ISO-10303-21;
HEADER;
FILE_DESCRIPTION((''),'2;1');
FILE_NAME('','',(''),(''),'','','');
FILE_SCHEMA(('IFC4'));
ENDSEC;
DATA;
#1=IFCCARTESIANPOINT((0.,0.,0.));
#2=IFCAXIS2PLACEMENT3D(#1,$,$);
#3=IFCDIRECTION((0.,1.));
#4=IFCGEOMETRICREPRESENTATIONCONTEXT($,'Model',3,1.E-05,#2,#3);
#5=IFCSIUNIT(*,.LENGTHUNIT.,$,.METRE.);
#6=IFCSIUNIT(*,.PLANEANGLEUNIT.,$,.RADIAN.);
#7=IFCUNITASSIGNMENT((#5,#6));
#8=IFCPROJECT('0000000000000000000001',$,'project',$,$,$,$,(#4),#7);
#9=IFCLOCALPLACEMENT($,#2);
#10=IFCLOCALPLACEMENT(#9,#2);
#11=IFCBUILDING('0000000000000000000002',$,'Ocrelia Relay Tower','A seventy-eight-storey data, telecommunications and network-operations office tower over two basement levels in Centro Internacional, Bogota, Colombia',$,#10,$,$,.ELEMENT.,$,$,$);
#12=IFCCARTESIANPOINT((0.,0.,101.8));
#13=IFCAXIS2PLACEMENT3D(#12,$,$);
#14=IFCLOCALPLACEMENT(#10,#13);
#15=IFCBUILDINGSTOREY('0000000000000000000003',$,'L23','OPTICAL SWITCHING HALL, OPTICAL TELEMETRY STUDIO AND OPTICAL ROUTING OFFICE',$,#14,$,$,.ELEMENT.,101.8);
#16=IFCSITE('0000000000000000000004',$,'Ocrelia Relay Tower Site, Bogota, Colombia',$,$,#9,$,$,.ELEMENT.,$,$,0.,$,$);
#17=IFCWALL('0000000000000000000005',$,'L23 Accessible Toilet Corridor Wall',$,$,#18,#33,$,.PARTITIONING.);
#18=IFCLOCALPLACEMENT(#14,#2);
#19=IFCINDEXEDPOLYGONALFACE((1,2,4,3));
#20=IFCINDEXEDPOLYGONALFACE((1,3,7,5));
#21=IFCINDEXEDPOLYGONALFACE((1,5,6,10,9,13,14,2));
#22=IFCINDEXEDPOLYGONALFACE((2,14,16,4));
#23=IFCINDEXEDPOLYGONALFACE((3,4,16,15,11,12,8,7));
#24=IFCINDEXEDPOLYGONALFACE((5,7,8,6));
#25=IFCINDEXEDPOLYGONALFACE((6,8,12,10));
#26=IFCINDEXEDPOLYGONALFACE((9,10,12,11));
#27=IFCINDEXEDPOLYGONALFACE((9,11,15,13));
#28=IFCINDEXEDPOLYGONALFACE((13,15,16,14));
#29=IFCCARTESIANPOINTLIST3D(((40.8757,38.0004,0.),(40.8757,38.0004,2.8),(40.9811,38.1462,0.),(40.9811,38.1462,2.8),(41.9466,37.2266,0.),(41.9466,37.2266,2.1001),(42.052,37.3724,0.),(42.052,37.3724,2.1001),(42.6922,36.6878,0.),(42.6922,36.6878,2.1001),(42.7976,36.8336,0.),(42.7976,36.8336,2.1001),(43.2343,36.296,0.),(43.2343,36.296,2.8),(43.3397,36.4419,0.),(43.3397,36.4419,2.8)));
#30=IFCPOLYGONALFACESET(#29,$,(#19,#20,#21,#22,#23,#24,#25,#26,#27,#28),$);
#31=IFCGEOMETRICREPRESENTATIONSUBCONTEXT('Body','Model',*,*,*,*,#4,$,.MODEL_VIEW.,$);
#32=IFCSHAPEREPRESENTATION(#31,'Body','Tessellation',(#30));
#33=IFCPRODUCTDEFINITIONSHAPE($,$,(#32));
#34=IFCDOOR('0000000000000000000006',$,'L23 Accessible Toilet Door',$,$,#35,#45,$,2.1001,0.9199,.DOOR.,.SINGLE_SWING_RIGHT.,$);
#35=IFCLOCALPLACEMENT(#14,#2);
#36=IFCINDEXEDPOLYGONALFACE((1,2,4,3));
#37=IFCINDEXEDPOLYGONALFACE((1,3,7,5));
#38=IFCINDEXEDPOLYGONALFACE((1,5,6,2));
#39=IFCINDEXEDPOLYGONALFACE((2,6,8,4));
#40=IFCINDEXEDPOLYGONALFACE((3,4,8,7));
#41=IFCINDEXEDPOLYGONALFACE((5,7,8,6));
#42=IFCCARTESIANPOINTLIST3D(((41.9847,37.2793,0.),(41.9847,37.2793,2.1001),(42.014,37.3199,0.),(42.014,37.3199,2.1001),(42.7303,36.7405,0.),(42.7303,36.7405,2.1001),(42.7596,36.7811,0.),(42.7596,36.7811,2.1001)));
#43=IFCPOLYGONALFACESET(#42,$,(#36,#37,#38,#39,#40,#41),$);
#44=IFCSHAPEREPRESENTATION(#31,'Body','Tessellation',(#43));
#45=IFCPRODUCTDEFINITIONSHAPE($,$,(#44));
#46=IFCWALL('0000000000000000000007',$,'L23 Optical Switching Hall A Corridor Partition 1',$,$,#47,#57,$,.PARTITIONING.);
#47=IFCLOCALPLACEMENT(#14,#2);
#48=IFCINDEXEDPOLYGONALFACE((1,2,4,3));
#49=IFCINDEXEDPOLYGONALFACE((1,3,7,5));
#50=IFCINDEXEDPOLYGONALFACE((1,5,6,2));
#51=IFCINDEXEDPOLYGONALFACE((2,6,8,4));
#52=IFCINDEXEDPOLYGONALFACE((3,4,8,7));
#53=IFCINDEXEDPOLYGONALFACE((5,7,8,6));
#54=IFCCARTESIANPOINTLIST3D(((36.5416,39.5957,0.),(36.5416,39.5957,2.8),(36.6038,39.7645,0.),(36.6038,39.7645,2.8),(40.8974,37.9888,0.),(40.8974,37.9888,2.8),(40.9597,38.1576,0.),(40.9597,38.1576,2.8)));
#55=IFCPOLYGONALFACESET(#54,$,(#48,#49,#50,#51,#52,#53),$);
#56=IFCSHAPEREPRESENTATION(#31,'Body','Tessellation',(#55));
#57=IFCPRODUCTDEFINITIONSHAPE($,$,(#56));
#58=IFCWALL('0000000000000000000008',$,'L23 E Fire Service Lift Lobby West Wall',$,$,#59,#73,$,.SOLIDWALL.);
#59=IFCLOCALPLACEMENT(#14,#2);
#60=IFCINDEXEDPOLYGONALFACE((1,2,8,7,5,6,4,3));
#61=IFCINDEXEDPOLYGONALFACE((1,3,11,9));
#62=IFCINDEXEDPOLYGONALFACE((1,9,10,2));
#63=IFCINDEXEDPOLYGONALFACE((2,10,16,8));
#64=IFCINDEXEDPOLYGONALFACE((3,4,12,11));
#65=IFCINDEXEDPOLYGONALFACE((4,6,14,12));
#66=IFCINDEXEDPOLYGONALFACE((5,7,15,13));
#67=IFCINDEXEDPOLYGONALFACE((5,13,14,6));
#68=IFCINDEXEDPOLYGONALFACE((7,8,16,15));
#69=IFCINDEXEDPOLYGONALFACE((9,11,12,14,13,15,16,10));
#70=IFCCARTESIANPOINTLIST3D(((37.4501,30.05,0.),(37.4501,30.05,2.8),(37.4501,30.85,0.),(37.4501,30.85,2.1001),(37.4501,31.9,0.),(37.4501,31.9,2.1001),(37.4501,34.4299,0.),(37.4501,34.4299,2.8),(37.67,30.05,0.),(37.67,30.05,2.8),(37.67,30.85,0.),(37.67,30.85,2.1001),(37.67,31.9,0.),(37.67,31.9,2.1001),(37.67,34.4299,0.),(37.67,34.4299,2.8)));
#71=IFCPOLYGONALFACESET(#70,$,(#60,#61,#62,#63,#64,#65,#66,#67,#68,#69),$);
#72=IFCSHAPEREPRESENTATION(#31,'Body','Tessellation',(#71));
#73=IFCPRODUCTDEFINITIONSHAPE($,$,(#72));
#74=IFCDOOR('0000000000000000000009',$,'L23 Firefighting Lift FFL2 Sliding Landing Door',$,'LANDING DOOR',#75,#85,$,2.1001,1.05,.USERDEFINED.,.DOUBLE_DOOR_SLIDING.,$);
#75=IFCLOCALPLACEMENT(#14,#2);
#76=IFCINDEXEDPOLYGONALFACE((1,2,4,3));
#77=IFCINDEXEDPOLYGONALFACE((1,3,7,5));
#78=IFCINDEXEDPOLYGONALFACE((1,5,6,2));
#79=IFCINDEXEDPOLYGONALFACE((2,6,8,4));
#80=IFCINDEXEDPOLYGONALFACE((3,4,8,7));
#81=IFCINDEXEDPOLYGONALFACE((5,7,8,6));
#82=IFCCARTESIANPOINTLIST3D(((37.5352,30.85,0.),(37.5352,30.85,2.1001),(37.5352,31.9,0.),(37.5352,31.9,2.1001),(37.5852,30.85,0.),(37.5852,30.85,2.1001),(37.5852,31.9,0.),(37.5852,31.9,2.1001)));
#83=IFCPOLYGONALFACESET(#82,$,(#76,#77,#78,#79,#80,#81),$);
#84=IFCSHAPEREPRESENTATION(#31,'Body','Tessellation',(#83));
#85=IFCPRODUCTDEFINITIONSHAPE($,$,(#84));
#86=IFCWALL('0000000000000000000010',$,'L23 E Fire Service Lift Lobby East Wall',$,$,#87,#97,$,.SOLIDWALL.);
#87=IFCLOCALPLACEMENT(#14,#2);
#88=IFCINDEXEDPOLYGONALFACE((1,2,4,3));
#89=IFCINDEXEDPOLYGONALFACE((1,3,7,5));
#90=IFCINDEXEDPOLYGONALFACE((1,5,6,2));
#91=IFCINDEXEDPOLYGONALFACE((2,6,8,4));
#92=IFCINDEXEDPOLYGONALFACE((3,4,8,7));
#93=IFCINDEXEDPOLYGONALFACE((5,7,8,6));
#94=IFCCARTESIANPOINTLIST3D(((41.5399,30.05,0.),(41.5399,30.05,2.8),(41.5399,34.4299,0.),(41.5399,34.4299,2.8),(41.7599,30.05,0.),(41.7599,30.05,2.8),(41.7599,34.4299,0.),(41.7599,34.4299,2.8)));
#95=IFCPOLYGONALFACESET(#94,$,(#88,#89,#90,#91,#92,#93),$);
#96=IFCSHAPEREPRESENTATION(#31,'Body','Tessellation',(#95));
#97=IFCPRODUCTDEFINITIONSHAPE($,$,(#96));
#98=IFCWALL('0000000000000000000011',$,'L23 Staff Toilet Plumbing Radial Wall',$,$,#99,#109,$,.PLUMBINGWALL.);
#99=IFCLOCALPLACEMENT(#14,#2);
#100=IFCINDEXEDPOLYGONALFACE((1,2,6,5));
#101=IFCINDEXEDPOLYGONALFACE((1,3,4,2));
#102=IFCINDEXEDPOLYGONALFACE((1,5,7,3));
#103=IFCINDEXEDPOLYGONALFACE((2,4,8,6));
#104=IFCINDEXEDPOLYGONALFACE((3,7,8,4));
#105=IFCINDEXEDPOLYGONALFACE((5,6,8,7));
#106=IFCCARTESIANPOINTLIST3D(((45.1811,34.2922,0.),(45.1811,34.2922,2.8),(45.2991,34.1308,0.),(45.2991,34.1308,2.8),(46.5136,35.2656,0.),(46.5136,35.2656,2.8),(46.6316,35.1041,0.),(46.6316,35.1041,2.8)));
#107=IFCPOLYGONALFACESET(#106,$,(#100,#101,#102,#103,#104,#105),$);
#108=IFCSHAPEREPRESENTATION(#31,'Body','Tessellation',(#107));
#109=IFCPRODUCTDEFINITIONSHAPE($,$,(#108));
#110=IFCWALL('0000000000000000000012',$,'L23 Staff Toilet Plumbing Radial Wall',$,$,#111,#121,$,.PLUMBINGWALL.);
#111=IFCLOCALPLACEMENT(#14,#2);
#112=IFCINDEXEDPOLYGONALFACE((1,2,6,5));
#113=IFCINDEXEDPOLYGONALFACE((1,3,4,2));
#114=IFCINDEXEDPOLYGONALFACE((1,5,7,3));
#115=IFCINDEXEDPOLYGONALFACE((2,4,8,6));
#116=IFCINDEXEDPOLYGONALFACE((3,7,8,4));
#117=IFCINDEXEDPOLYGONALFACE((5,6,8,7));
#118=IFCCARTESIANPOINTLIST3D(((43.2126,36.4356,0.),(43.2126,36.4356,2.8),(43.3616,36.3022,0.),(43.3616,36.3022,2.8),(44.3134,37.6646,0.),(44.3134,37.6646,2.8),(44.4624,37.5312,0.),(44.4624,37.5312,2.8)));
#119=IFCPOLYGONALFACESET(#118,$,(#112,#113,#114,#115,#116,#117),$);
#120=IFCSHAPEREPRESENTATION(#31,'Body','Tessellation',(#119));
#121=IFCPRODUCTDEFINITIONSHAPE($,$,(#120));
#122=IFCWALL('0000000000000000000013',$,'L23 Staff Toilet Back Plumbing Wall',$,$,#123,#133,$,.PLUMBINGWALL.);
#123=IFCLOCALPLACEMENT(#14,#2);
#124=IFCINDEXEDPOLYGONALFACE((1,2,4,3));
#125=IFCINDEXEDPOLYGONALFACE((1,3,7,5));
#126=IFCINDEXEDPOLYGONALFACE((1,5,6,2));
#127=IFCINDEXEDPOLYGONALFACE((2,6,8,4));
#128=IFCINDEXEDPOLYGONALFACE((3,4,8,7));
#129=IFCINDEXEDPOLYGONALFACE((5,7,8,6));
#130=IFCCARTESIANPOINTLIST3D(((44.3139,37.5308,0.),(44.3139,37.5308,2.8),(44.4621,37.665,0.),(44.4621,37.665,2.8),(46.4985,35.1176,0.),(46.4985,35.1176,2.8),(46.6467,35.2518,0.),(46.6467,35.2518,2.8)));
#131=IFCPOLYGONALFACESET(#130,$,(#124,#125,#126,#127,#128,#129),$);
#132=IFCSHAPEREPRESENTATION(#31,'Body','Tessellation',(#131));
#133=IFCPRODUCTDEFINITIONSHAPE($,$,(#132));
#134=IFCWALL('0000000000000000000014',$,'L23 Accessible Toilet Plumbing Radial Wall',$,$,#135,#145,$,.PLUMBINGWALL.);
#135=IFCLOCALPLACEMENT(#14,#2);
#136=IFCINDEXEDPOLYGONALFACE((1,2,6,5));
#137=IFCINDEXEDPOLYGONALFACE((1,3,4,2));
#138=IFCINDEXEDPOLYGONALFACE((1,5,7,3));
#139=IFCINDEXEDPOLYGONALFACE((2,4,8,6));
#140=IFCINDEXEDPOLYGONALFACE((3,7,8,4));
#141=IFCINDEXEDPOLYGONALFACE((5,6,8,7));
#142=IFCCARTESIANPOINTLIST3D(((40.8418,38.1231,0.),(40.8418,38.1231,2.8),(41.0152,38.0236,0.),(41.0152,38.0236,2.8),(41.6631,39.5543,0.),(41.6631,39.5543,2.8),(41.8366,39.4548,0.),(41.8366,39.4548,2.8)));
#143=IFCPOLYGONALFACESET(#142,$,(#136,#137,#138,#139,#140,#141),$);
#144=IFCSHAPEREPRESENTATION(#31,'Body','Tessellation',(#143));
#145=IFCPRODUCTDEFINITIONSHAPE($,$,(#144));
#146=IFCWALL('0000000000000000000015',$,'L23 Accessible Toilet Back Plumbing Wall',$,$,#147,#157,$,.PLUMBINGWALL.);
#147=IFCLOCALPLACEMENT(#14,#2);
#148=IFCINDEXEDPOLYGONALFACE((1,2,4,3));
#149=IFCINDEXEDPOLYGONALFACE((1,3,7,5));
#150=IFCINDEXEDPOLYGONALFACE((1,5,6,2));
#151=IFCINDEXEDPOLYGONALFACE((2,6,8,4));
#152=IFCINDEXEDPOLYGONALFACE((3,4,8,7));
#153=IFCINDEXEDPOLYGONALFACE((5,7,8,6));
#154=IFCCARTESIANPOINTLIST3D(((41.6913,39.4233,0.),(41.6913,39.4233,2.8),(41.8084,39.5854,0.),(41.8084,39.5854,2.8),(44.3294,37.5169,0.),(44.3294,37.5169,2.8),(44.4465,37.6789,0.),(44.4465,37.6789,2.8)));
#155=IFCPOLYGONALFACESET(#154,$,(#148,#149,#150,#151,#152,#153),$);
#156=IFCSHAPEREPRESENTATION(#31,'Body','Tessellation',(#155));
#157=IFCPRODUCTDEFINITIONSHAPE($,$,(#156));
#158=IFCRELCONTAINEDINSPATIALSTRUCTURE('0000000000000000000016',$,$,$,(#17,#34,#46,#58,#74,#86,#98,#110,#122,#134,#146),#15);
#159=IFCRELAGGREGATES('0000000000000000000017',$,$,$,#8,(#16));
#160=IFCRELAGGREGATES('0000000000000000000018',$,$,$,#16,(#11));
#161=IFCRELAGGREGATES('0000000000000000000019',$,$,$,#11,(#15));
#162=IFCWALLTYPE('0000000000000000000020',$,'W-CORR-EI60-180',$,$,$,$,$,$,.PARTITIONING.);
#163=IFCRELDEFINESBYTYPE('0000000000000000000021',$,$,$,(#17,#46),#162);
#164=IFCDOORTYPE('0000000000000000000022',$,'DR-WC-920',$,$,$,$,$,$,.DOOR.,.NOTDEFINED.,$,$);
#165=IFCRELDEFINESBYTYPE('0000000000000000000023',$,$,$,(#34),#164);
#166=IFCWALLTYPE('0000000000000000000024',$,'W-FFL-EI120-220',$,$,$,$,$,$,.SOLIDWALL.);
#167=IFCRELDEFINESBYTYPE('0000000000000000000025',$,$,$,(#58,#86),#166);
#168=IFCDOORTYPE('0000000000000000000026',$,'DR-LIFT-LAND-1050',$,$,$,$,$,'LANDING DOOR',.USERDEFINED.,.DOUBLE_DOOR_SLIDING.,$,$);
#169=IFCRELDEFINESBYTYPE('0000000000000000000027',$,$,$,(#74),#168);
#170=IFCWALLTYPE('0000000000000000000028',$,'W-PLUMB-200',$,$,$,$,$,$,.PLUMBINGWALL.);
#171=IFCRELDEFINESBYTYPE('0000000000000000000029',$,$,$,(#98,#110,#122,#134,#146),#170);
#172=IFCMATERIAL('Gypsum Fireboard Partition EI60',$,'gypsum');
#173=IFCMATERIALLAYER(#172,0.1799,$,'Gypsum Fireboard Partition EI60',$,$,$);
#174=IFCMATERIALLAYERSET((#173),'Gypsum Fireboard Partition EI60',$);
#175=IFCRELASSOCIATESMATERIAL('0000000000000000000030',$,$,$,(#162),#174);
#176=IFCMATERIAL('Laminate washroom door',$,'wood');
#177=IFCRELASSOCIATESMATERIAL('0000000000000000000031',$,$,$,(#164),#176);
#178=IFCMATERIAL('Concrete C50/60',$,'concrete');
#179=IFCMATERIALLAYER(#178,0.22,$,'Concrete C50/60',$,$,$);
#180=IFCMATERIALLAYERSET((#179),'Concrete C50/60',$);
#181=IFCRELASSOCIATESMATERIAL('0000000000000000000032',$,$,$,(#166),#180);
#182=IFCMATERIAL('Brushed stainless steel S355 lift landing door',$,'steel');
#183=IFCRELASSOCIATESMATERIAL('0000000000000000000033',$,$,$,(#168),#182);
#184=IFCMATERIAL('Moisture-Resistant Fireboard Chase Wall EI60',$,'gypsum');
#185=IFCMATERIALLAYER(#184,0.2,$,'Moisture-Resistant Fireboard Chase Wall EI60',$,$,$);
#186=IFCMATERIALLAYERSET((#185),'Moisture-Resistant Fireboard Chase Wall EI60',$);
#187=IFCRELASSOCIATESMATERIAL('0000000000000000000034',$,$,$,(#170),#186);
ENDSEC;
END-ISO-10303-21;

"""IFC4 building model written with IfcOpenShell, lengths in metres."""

from ifc_helpers import new_model, si_unit, direction, frame, frame_2d, origin, place, context, subcontext, project, spatial, rectangle, extrude, material, layer, layer_set, type_object, element, fill, save


model = new_model("IFC4")

# Units and contexts
model_context = context("Model", 3, precision=1e-05, world=origin(), true_north=direction((0.0, 1.0)))
body_context = subcontext(model_context, "Body", "Model", "MODEL_VIEW")
ifc_project = project(units=[si_unit("LENGTHUNIT", "METRE"), si_unit("PLANEANGLEUNIT", "RADIAN")], contexts=[model_context])

# Site, building, storey
site_placement = place(None, origin())
site = spatial("IfcSite", under=ifc_project, at=site_placement, Name="Ocrelia Relay Tower Site, Bogota, Colombia", CompositionType="ELEMENT", RefElevation=0.0)
building_placement = place(site_placement, origin())
building = spatial("IfcBuilding", under=site, at=building_placement, Name="Ocrelia Relay Tower", Description="A seventy-eight-storey data, telecommunications and network-operations office tower over two basement levels in Centro Internacional, Bogota, Colombia", CompositionType="ELEMENT")
storey_placement = place(building_placement, frame((0.0, 0.0, 101.8)))
storey = spatial("IfcBuildingStorey", under=building, at=storey_placement, Name="L23", Description="OPTICAL SWITCHING HALL, OPTICAL TELEMETRY STUDIO AND OPTICAL ROUTING OFFICE", CompositionType="ELEMENT", Elevation=101.8)

# Shared definitions
ifc_material_1 = material(Name="Gypsum Fireboard Partition EI60", Category="gypsum")
ifc_layer_1 = layer(ifc_material_1, 0.1799, Name="Gypsum Fireboard Partition EI60")
ifc_layer_set_1 = layer_set([ifc_layer_1], Name="Gypsum Fireboard Partition EI60")
wall_type_1 = type_object("IfcWallType", Name="W-CORR-EI60-180", PredefinedType="PARTITIONING", material=ifc_layer_set_1)

# Wall, opening, door
ifc_material_2 = material(Name="Laminate washroom door", Category="wood")
door_type_1 = type_object("IfcDoorType", Name="DR-WC-920", OperationType="NOTDEFINED", PredefinedType="DOOR", material=ifc_material_2)
wall_1_placement = place(storey_placement, frame((43.2871, 36.3689, 0.0), z_axis=(0.0, 0.0, 1.0), x_axis=(-0.810535, 0.58569, 0.0)))
wall_1 = element("IfcWall", 1, at=wall_1_placement, inside=storey, type_object=wall_type_1, Name="L23 Accessible Toilet Corridor Wall", PredefinedType="PARTITIONING", context=body_context, shape_type="SweptSolid", body=[
    extrude(rectangle(XDim=2.9099, YDim=0.1799, at=frame_2d((1.4551, 0.0))), origin(), (0.0, 0.0, 1.0), 2.8),
])
opening_1_placement = place(wall_1_placement, frame((0.6689, 0.0, 0.0)))
opening_1 = element("IfcOpeningElement", 2, at=opening_1_placement, cuts=wall_1, PredefinedType="OPENING", context=body_context, shape_type="SweptSolid", body=[
    extrude(rectangle(XDim=0.9199, YDim=2.1001, at=frame_2d((0.46, 1.05))), frame((0.0, 0.1001, 0.0), z_axis=(0.0, -1.0, 0.0), x_axis=(1.0, 0.0, 0.0)), (0.0, 0.0, 1.0), 0.2),
])
door_1_placement = place(opening_1_placement, origin())
door_1 = element("IfcDoor", 3, at=door_1_placement, inside=storey, type_object=door_type_1, Name="L23 Accessible Toilet Door", OperationType="SINGLE_SWING_RIGHT", OverallHeight=2.1001, OverallWidth=0.9199, PredefinedType="DOOR", context=body_context, shape_type="SweptSolid", body=[
    extrude(rectangle(XDim=0.9199, YDim=2.1001, at=frame_2d((0.46, 1.05))), frame((0.0, 0.0249, 0.0), z_axis=(0.0, -1.0, 0.0), x_axis=(1.0, 0.0, 0.0)), (0.0, 0.0, 1.0), 0.05),
])
fill(opening_1, door_1)

# Wall
wall_2_placement = place(storey_placement, frame((40.9285, 38.0732, 0.0), z_axis=(0.0, 0.0, 1.0), x_axis=(-0.938196, 0.346105, 0.0)))
element("IfcWall", 4, at=wall_2_placement, inside=storey, type_object=wall_type_1, Name="L23 Optical Switching Hall A Corridor Partition 1", PredefinedType="PARTITIONING", context=body_context, shape_type="SweptSolid", body=[
    extrude(rectangle(XDim=4.6428, YDim=0.1799, at=frame_2d((2.3213, 0.0))), origin(), (0.0, 0.0, 1.0), 2.8),
])

# Wall, opening, door
ifc_material_3 = material(Name="Concrete C50/60", Category="concrete")
ifc_layer_2 = layer(ifc_material_3, 0.22, Name="Concrete C50/60")
ifc_layer_set_2 = layer_set([ifc_layer_2], Name="Concrete C50/60")
wall_type_2 = type_object("IfcWallType", Name="W-FFL-EI120-220", PredefinedType="SOLIDWALL", material=ifc_layer_set_2)
wall_3_placement = place(storey_placement, frame((37.5601, 30.05, 0.0), z_axis=(0.0, 0.0, 1.0), x_axis=(0.0, 1.0, 0.0)))
wall_3 = element("IfcWall", 5, at=wall_3_placement, inside=storey, type_object=wall_type_2, Name="L23 E Fire Service Lift Lobby West Wall", PredefinedType="SOLIDWALL", context=body_context, shape_type="SweptSolid", body=[
    extrude(rectangle(XDim=4.3799, YDim=0.22, at=frame_2d((2.1899, 0.0))), origin(), (0.0, 0.0, 1.0), 2.8),
])
opening_2_placement = place(wall_3_placement, frame((0.8, 0.0, 0.0)))
opening_2 = element("IfcOpeningElement", 6, at=opening_2_placement, cuts=wall_3, PredefinedType="OPENING", context=body_context, shape_type="SweptSolid", body=[
    extrude(rectangle(XDim=1.05, YDim=2.1001, at=frame_2d((0.5249, 1.05))), frame((0.0, 0.1201, 0.0), z_axis=(0.0, -1.0, 0.0), x_axis=(1.0, 0.0, 0.0)), (0.0, 0.0, 1.0), 0.24),
])
ifc_material_4 = material(Name="Brushed stainless steel S355 lift landing door", Category="steel")
door_type_2 = type_object("IfcDoorType", Name="DR-LIFT-LAND-1050", ElementType="LANDING DOOR", OperationType="DOUBLE_DOOR_SLIDING", PredefinedType="USERDEFINED", material=ifc_material_4)
door_2_placement = place(opening_2_placement, origin())
door_2 = element("IfcDoor", 7, at=door_2_placement, inside=storey, type_object=door_type_2, Name="L23 Firefighting Lift FFL2 Sliding Landing Door", ObjectType="LANDING DOOR", OperationType="DOUBLE_DOOR_SLIDING", OverallHeight=2.1001, OverallWidth=1.05, PredefinedType="USERDEFINED", context=body_context, shape_type="SweptSolid", body=[
    extrude(rectangle(XDim=1.05, YDim=2.1001, at=frame_2d((0.5249, 1.05))), frame((0.0, 0.0249, 0.0), z_axis=(0.0, -1.0, 0.0), x_axis=(1.0, 0.0, 0.0)), (0.0, 0.0, 1.0), 0.05),
])
fill(opening_2, door_2)

# Wall
wall_4_placement = place(storey_placement, frame((41.6499, 30.05, 0.0), z_axis=(0.0, 0.0, 1.0), x_axis=(0.0, 1.0, 0.0)))
element("IfcWall", 8, at=wall_4_placement, inside=storey, type_object=wall_type_2, Name="L23 E Fire Service Lift Lobby East Wall", PredefinedType="SOLIDWALL", context=body_context, shape_type="SweptSolid", body=[
    extrude(rectangle(XDim=4.3799, YDim=0.22, at=frame_2d((2.1899, 0.0))), origin(), (0.0, 0.0, 1.0), 2.8),
])

# Walls
ifc_material_5 = material(Name="Moisture-Resistant Fireboard Chase Wall EI60", Category="gypsum")
ifc_layer_3 = layer(ifc_material_5, 0.2, Name="Moisture-Resistant Fireboard Chase Wall EI60")
ifc_layer_set_3 = layer_set([ifc_layer_3], Name="Moisture-Resistant Fireboard Chase Wall EI60")
wall_type_3 = type_object("IfcWallType", Name="W-PLUMB-200", PredefinedType="PLUMBINGWALL", material=ifc_layer_set_3)
wall_5_placement = place(storey_placement, frame((45.24, 34.2114, 0.0), z_axis=(0.0, 0.0, 1.0), x_axis=(0.8075, 0.589868, 0.0)))
element("IfcWall", 9, at=wall_5_placement, inside=storey, type_object=wall_type_3, Name="L23 Staff Toilet Plumbing Radial Wall", PredefinedType="PLUMBINGWALL", context=body_context, shape_type="SweptSolid", body=[
    extrude(rectangle(XDim=1.6501, YDim=0.2, at=frame_2d((0.8252, 0.0))), origin(), (0.0, 0.0, 1.0), 2.8),
])
wall_6_placement = place(storey_placement, frame((43.2871, 36.3689, 0.0), z_axis=(0.0, 0.0, 1.0), x_axis=(0.667197, 0.744881, 0.0)))
element("IfcWall", 10, at=wall_6_placement, inside=storey, type_object=wall_type_3, Name="L23 Staff Toilet Plumbing Radial Wall", PredefinedType="PLUMBINGWALL", context=body_context, shape_type="SweptSolid", body=[
    extrude(rectangle(XDim=1.6499, YDim=0.2, at=frame_2d((0.825, 0.0))), origin(), (0.0, 0.0, 1.0), 2.8),
])
wall_7_placement = place(storey_placement, frame((46.5725, 35.1848, 0.0), z_axis=(0.0, 0.0, 1.0), x_axis=(-0.671133, 0.741337, 0.0)))
element("IfcWall", 11, at=wall_7_placement, inside=storey, type_object=wall_type_3, Name="L23 Staff Toilet Back Plumbing Wall", PredefinedType="PLUMBINGWALL", context=body_context, shape_type="SweptSolid", body=[
    extrude(rectangle(XDim=3.2551, YDim=0.2, at=frame_2d((1.6274, 0.0))), origin(), (0.0, 0.0, 1.0), 2.8),
])
wall_8_placement = place(storey_placement, frame((40.9285, 38.0732, 0.0), z_axis=(0.0, 0.0, 1.0), x_axis=(0.497731, 0.867331, 0.0)))
element("IfcWall", 12, at=wall_8_placement, inside=storey, type_object=wall_type_3, Name="L23 Accessible Toilet Plumbing Radial Wall", PredefinedType="PLUMBINGWALL", context=body_context, shape_type="SweptSolid", body=[
    extrude(rectangle(XDim=1.6501, YDim=0.2, at=frame_2d((0.8252, 0.0))), origin(), (0.0, 0.0, 1.0), 2.8),
])
wall_9_placement = place(storey_placement, frame((44.3879, 37.5979, 0.0), z_axis=(0.0, 0.0, 1.0), x_axis=(-0.810513, 0.585721, 0.0)))
element("IfcWall", 13, at=wall_9_placement, inside=storey, type_object=wall_type_3, Name="L23 Accessible Toilet Back Plumbing Wall", PredefinedType="PLUMBINGWALL", context=body_context, shape_type="SweptSolid", body=[
    extrude(rectangle(XDim=3.2549, YDim=0.2, at=frame_2d((1.6274, 0.0))), origin(), (0.0, 0.0, 1.0), 2.8),
])

save(model, "model.ifc")
